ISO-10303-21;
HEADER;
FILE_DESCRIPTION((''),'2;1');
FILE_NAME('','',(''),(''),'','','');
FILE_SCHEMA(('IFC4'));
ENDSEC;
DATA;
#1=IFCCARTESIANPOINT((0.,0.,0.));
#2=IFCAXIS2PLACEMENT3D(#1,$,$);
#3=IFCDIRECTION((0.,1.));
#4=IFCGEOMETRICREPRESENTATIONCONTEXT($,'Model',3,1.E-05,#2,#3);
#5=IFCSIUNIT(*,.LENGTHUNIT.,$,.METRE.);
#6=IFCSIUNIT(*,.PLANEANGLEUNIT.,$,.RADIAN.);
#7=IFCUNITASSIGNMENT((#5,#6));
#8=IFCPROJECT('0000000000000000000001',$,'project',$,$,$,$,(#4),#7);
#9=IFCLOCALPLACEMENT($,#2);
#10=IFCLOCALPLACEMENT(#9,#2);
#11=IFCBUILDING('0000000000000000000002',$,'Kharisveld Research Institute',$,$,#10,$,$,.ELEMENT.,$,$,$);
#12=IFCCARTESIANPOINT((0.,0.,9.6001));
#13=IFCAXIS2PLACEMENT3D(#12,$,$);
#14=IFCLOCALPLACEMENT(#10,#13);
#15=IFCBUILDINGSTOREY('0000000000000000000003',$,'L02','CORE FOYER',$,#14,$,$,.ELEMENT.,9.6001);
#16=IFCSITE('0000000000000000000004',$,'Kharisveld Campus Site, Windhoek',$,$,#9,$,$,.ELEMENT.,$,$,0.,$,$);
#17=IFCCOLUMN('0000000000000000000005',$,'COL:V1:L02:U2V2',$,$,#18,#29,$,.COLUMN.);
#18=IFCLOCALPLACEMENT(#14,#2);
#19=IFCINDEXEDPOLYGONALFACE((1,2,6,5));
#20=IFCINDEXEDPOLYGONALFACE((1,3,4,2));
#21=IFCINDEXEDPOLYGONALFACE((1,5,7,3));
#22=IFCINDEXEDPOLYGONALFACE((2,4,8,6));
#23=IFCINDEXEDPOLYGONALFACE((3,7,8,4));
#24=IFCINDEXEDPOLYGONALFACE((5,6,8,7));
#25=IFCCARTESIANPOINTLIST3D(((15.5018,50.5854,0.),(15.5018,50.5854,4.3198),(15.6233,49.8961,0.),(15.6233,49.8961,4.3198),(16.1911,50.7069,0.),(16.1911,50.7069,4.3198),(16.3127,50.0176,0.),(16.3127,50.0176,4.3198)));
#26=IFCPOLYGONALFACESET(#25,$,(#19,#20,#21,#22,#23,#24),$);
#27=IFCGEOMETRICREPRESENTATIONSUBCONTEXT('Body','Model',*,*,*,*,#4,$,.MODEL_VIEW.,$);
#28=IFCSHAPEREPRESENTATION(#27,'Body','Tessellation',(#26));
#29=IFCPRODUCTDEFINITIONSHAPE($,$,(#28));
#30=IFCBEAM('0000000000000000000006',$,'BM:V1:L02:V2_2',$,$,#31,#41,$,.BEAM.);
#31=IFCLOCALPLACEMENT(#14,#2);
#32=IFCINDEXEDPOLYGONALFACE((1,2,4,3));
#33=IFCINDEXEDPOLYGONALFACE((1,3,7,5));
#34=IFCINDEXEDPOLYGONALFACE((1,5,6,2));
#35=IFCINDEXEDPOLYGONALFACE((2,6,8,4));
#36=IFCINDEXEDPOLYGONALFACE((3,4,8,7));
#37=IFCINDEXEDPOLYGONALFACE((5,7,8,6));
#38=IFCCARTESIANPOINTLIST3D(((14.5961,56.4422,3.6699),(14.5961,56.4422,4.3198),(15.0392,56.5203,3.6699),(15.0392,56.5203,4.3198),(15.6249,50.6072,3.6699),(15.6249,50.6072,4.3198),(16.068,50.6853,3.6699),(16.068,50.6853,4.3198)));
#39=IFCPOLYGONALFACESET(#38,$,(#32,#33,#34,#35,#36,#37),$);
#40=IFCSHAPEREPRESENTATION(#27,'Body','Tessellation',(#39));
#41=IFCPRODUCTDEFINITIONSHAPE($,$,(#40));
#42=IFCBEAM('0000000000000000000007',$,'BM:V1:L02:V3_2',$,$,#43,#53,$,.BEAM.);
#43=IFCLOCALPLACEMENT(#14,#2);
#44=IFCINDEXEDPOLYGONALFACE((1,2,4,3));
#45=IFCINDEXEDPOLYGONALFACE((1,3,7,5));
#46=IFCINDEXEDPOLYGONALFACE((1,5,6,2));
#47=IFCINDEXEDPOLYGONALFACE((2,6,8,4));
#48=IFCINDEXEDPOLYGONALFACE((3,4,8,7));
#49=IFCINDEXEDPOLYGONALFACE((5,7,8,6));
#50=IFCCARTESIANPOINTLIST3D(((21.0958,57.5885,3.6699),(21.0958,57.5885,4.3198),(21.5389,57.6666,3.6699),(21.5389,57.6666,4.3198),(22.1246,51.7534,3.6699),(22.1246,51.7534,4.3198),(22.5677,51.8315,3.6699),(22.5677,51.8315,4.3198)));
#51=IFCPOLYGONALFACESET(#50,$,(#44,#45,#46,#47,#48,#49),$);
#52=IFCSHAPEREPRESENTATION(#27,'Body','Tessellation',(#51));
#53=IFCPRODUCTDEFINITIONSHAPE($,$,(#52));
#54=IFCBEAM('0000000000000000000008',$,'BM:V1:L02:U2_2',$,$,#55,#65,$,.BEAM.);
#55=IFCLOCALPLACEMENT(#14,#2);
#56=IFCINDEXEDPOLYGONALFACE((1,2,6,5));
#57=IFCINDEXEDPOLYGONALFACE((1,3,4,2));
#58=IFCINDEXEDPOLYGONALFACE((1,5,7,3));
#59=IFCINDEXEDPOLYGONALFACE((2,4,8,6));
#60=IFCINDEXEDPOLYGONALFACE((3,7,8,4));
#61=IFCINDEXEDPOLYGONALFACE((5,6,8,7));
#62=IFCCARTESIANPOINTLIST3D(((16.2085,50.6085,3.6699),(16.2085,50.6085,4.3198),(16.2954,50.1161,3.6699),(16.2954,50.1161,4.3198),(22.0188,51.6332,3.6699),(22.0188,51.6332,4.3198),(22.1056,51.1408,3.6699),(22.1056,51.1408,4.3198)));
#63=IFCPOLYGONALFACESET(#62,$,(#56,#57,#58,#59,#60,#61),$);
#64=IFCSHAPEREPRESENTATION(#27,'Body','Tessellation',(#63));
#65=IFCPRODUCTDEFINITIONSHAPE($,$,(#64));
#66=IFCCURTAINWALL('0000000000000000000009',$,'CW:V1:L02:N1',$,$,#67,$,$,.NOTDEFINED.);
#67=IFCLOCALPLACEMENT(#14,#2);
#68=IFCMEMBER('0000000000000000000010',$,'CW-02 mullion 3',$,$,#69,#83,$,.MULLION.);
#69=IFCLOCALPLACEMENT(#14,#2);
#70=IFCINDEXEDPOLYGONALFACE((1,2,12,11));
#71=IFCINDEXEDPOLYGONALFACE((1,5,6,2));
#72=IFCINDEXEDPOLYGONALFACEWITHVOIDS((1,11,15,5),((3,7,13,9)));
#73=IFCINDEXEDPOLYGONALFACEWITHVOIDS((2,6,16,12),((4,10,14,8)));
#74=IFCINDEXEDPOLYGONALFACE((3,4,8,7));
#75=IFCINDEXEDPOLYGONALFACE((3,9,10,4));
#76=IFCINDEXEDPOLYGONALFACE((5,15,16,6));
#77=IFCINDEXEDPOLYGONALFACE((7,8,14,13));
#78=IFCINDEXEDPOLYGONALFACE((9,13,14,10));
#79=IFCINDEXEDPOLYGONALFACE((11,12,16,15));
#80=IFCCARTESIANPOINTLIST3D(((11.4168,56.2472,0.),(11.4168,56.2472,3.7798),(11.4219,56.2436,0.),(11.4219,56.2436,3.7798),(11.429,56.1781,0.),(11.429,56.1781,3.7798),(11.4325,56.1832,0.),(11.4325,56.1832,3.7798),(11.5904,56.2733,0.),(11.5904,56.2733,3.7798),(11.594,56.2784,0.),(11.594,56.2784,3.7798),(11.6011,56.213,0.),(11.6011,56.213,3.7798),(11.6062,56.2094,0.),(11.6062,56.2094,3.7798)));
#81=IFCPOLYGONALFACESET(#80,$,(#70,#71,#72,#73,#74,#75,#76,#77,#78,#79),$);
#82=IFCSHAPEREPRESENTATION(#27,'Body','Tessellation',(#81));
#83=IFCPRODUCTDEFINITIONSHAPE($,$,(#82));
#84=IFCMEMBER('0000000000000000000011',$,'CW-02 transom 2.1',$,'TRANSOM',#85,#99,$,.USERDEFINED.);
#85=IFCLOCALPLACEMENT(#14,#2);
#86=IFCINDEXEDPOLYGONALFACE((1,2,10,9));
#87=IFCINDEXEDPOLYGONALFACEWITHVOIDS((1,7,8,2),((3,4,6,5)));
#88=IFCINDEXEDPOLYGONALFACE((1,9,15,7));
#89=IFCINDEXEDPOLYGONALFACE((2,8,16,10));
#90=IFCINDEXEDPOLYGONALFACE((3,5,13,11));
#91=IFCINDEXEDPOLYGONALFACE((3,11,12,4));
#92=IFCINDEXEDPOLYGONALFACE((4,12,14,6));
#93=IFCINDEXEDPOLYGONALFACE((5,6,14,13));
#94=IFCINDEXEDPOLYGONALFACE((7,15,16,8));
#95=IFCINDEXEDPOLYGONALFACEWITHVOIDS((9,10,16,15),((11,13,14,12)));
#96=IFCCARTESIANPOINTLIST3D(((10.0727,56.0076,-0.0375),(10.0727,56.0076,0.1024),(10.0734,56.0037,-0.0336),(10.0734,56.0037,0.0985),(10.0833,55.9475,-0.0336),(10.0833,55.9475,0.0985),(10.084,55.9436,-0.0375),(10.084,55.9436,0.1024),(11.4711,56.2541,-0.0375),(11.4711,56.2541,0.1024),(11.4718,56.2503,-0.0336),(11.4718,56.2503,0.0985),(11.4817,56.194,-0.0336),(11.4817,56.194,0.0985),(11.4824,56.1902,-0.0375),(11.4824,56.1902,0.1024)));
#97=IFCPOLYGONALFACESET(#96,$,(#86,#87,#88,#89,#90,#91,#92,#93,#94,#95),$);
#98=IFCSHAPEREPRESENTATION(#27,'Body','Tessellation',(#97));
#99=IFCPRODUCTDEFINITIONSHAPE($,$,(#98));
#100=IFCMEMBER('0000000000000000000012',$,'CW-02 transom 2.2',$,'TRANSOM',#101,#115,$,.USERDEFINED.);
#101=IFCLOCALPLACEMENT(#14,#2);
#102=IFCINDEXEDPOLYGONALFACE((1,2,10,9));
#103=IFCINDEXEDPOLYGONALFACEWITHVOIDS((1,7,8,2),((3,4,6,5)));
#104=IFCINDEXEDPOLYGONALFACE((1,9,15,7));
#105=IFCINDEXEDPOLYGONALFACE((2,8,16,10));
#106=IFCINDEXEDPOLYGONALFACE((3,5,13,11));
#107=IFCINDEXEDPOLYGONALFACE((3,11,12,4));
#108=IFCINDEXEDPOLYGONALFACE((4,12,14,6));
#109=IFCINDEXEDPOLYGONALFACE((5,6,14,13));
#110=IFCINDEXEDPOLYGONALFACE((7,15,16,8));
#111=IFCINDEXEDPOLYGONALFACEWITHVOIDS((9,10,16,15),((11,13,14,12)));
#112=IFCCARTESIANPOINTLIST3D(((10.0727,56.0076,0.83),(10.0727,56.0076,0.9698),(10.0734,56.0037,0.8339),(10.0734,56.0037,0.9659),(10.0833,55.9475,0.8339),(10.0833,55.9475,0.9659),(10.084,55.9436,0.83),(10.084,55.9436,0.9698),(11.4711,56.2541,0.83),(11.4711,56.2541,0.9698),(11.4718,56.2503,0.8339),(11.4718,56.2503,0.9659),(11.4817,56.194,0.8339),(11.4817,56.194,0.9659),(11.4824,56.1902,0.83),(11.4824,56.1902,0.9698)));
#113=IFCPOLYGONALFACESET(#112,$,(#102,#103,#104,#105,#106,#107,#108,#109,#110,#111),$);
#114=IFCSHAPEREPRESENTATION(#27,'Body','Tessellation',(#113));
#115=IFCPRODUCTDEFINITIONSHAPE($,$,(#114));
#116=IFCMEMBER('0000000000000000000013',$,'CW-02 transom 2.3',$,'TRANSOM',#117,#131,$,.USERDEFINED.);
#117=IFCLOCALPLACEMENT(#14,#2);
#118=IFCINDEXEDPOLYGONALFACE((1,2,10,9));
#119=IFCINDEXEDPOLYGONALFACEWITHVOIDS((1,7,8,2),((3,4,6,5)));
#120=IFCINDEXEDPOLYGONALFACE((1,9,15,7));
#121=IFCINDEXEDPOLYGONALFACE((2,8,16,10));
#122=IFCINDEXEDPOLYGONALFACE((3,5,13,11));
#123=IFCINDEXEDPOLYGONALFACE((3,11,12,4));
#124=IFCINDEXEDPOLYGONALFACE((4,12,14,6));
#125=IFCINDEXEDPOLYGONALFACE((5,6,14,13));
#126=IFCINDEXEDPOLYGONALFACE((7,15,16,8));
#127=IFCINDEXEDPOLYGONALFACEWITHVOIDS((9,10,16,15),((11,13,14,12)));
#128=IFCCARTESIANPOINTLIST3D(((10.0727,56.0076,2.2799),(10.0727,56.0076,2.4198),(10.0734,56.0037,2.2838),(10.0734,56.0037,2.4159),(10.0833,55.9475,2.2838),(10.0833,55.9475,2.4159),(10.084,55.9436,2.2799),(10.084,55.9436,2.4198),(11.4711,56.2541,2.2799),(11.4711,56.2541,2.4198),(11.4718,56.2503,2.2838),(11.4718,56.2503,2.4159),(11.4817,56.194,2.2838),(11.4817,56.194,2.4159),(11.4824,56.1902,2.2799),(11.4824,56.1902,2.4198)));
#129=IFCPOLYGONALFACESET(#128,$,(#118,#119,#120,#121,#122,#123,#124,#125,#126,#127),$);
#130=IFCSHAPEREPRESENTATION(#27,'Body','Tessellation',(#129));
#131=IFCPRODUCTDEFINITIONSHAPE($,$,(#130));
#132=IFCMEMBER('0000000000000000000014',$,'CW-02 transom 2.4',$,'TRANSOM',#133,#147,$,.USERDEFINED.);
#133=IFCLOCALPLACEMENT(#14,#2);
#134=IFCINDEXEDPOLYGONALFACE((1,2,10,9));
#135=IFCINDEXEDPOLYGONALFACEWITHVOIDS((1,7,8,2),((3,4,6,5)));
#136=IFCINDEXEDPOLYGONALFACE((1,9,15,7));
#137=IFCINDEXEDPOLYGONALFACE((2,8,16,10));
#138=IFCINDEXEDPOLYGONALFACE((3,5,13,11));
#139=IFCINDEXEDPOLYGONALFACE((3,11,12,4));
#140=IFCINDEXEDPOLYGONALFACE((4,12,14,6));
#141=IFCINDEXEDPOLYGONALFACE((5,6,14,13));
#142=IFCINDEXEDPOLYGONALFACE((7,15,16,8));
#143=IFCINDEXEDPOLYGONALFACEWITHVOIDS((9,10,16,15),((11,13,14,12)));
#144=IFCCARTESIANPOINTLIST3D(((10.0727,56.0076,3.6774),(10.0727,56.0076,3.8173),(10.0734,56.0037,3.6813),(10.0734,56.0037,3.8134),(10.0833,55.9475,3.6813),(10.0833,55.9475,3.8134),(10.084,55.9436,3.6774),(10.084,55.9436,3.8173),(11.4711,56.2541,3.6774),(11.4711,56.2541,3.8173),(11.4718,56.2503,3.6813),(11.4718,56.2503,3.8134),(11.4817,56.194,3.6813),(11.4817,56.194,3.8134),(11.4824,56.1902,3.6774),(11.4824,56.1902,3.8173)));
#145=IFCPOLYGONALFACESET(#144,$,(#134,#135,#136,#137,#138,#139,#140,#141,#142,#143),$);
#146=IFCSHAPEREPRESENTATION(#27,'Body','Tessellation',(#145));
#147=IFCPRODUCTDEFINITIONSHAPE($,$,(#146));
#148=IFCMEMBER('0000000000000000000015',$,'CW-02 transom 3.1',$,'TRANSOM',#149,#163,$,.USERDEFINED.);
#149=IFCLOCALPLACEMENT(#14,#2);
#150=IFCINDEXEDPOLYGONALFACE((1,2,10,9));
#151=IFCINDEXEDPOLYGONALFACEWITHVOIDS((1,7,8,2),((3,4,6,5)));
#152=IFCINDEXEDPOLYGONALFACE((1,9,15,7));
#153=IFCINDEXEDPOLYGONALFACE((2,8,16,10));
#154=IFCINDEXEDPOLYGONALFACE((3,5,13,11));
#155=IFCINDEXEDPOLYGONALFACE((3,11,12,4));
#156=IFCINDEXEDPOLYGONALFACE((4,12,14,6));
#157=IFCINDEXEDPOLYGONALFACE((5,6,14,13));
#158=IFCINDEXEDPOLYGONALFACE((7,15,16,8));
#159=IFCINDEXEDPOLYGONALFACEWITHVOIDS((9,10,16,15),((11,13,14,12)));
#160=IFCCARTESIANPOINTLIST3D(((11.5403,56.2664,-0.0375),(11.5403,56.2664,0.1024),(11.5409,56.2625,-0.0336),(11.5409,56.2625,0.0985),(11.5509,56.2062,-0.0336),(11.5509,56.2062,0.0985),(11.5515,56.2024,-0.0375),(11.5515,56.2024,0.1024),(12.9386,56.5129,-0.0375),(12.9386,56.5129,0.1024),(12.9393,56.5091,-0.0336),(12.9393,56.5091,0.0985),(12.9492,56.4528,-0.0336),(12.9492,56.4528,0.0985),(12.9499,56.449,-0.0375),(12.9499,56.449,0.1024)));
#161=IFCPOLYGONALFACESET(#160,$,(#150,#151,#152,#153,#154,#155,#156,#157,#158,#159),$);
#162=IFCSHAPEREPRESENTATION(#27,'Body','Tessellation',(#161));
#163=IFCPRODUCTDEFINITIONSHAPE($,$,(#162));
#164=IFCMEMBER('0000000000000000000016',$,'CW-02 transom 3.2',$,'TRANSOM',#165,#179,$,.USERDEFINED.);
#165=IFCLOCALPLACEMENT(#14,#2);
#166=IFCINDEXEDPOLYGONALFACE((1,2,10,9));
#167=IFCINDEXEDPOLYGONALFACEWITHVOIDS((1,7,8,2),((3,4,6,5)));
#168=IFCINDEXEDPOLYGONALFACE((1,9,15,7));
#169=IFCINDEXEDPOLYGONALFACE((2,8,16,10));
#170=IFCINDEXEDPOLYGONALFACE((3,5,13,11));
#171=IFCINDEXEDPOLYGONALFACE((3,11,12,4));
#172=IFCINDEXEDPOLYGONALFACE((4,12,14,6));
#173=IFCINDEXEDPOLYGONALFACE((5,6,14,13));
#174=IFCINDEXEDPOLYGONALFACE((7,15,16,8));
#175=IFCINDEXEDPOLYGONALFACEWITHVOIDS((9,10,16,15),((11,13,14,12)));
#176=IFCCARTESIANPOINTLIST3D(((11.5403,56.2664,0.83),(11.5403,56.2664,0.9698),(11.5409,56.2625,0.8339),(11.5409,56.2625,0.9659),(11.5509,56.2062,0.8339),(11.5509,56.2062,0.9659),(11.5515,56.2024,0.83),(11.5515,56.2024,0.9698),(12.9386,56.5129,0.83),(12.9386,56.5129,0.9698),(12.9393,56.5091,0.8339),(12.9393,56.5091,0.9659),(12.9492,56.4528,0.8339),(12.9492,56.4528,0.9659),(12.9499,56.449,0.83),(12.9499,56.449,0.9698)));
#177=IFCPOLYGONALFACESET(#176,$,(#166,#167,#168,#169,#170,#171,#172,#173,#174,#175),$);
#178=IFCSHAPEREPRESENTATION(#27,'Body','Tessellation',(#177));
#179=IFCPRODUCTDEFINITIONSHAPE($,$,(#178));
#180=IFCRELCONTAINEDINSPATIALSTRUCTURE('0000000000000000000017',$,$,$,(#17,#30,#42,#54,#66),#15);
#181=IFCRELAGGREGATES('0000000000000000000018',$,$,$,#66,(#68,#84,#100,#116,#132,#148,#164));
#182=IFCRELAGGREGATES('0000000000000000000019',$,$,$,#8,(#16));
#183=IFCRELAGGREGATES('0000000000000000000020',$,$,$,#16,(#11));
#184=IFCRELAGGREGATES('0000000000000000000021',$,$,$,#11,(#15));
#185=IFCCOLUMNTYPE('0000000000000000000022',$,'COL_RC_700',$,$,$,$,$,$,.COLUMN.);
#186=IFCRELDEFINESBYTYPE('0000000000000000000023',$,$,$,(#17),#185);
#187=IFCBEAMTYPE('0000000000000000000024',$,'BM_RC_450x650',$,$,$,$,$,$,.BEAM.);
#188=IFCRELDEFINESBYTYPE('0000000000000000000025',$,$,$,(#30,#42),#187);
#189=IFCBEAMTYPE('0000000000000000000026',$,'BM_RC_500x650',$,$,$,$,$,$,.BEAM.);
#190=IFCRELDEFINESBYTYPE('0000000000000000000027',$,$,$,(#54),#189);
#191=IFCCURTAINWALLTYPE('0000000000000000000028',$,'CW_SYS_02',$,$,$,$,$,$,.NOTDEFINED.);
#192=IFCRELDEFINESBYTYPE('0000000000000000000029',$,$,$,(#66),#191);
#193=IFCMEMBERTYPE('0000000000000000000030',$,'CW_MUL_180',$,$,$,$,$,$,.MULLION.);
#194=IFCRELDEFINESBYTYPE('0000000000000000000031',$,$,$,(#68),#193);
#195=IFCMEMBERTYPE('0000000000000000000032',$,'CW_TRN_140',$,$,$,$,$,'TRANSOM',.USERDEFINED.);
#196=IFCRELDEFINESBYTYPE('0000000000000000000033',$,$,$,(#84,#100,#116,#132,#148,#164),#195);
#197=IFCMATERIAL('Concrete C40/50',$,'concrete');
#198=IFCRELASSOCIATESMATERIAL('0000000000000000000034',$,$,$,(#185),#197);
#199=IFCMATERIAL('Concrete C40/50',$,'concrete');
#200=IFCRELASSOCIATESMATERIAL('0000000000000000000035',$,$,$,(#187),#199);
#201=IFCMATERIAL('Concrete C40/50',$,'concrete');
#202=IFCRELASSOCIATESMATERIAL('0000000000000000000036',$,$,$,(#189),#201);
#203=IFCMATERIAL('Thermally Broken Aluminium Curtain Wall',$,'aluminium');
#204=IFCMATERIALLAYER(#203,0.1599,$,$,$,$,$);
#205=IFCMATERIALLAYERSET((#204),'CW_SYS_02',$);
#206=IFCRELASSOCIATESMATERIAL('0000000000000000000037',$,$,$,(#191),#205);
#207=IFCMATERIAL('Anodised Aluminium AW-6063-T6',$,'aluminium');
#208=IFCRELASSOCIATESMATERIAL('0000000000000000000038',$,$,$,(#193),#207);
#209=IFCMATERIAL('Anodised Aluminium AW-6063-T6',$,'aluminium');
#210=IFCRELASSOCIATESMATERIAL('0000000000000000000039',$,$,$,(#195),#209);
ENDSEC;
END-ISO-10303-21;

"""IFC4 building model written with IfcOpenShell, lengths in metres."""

from ifc_helpers import new_model, si_unit, direction, frame, origin, origin_2d, place, context, subcontext, project, spatial, rectangle, hollow_rectangle, extrude, material, layer, layer_set, material_profile, profile_set, type_object, element, aggregate, save


model = new_model("IFC4")

# Units and contexts
model_context = context("Model", 3, precision=1e-05, world=origin(), true_north=direction((0.0, 1.0)))
body_context = subcontext(model_context, "Body", "Model", "MODEL_VIEW")
ifc_project = project(units=[si_unit("LENGTHUNIT", "METRE"), si_unit("PLANEANGLEUNIT", "RADIAN")], contexts=[model_context])

# Site, building, storey
site_placement = place(None, origin())
site = spatial("IfcSite", under=ifc_project, at=site_placement, Name="Kharisveld Campus Site, Windhoek", CompositionType="ELEMENT", RefElevation=0.0)
building_placement = place(site_placement, origin())
building = spatial("IfcBuilding", under=site, at=building_placement, Name="Kharisveld Research Institute", CompositionType="ELEMENT")
storey_placement = place(building_placement, frame((0.0, 0.0, 9.6001)))
storey = spatial("IfcBuildingStorey", under=building, at=storey_placement, Name="L02", Description="CORE FOYER", CompositionType="ELEMENT", Elevation=9.6001)

# Column
ifc_material_1 = material(Name="Concrete C40/50", Category="concrete")
ifc_material_profile_1 = material_profile(ifc_material_1, rectangle(XDim=0.7, YDim=0.7, at=origin_2d()))
ifc_profile_set_1 = profile_set([ifc_material_profile_1], Name="Concrete C40/50")
column_type = type_object("IfcColumnType", Name="COL_RC_700", PredefinedType="COLUMN", material=ifc_profile_set_1)
column_placement = place(storey_placement, frame((15.9072, 50.3015, 0.0), z_axis=(0.0, 0.0, 1.0), x_axis=(0.984808, 0.173648, 0.0)))
element("IfcColumn", 1, at=column_placement, inside=storey, type_object=column_type, Name="COL:V1:L02:U2V2", PredefinedType="COLUMN", context=body_context, shape_type="SweptSolid", body=[
    extrude(rectangle(XDim=0.7, YDim=0.7, at=origin_2d()), origin(), (0.0, 0.0, 1.0), 4.3198),
])

# Beams
ifc_material_2 = material(Name="Concrete C40/50", Category="concrete")
ifc_material_profile_2 = material_profile(ifc_material_2, rectangle(XDim=0.45, YDim=0.6499, at=origin_2d()))
ifc_profile_set_2 = profile_set([ifc_material_profile_2], Name="Concrete C40/50")
beam_type_1 = type_object("IfcBeamType", Name="BM_RC_450x650", PredefinedType="BEAM", material=ifc_profile_set_2)
for number, where, z_axis, x_axis, name in (
    (2, (15.8464, 50.6462, 3.9949), (-0.17364, 0.984809, 0.0), (-0.984809, -0.17364, 0.0), "BM:V1:L02:V2_2"),
    (3, (22.3462, 51.7925, 3.9949), (-0.17364, 0.984809, 0.0), (-0.984809, -0.17364, 0.0), "BM:V1:L02:V3_2"),
):
    element("IfcBeam", number, at=place(storey_placement, frame(where, z_axis=z_axis, x_axis=x_axis)), inside=storey, type_object=beam_type_1, Name=name, PredefinedType="BEAM", context=body_context, shape_type="SweptSolid", body=[
        extrude(rectangle(XDim=0.45, YDim=0.6499, at=origin_2d()), origin(), (0.0, 0.0, 1.0), 5.925),
    ])
ifc_material_3 = material(Name="Concrete C40/50", Category="concrete")
ifc_material_profile_3 = material_profile(ifc_material_3, rectangle(XDim=0.5, YDim=0.6499, at=origin_2d()))
ifc_profile_set_3 = profile_set([ifc_material_profile_3], Name="Concrete C40/50")
beam_type_2 = type_object("IfcBeamType", Name="BM_RC_500x650", PredefinedType="BEAM", material=ifc_profile_set_3)
beam_placement = place(storey_placement, frame((16.252, 50.3623, 3.9949), z_axis=(0.984804, 0.173672, 0.0), x_axis=(-0.173672, 0.984804, 0.0)))
element("IfcBeam", 4, at=beam_placement, inside=storey, type_object=beam_type_2, Name="BM:V1:L02:U2_2", PredefinedType="BEAM", context=body_context, shape_type="SweptSolid", body=[
    extrude(rectangle(XDim=0.5, YDim=0.6499, at=origin_2d()), origin(), (0.0, 0.0, 1.0), 5.8999),
])

# Curtain wall, members
ifc_material_4 = material(Name="Thermally Broken Aluminium Curtain Wall", Category="aluminium")
ifc_layer_1 = layer(ifc_material_4, 0.1599)
ifc_layer_set_1 = layer_set([ifc_layer_1], Name="CW_SYS_02")
curtain_wall_type = type_object("IfcCurtainWallType", Name="CW_SYS_02", PredefinedType="NOTDEFINED", material=ifc_layer_set_1)
curtain_wall_placement = place(storey_placement, origin())
curtain_wall = element("IfcCurtainWall", 5, at=curtain_wall_placement, inside=storey, type_object=curtain_wall_type, Name="CW:V1:L02:N1", PredefinedType="NOTDEFINED")
ifc_material_5 = material(Name="Anodised Aluminium AW-6063-T6", Category="aluminium")
ifc_material_profile_4 = material_profile(ifc_material_5, hollow_rectangle(XDim=0.0701, YDim=0.1799, WallThickness=0.0044, at=origin_2d()))
ifc_profile_set_4 = profile_set([ifc_material_profile_4], Name="Anodised Aluminium AW-6063-T6")
member_type_1 = type_object("IfcMemberType", Name="CW_MUL_180", PredefinedType="MULLION", material=ifc_profile_set_4)
member_1_placement = place(storey_placement, frame((11.5115, 56.2283, 0.0), z_axis=(0.0, 0.0, 1.0), x_axis=(-0.173648, 0.984808, 0.0)))
member_1 = element("IfcMember", 6, at=member_1_placement, type_object=member_type_1, Name="CW-02 mullion 3", PredefinedType="MULLION", context=body_context, shape_type="SweptSolid", body=[
    extrude(hollow_rectangle(XDim=0.0701, YDim=0.1799, WallThickness=0.0044, at=origin_2d()), origin(), (0.0, 0.0, 1.0), 3.7798),
])
ifc_material_6 = material(Name="Anodised Aluminium AW-6063-T6", Category="aluminium")
ifc_material_profile_5 = material_profile(ifc_material_6, hollow_rectangle(XDim=0.0649, YDim=0.1399, WallThickness=0.0039, at=origin_2d()))
ifc_profile_set_5 = profile_set([ifc_material_profile_5], Name="Anodised Aluminium AW-6063-T6")
member_type_2 = type_object("IfcMemberType", Name="CW_TRN_140", ElementType="TRANSOM", PredefinedType="USERDEFINED", material=ifc_profile_set_5)
member_2_placement = place(storey_placement, frame((10.0784, 55.9756, 0.0325), z_axis=(0.984808, 0.173648, 0.0), x_axis=(-0.173648, 0.984808, 0.0)))
member_2 = element("IfcMember", 7, at=member_2_placement, type_object=member_type_2, Name="CW-02 transom 2.1", ObjectType="TRANSOM", PredefinedType="USERDEFINED", context=body_context, shape_type="SweptSolid", body=[
    extrude(hollow_rectangle(XDim=0.0649, YDim=0.1399, WallThickness=0.0039, at=origin_2d()), origin(), (0.0, 0.0, 1.0), 1.4199),
])
member_3_placement = place(storey_placement, frame((10.0784, 55.9756, 0.8999), z_axis=(0.984808, 0.173648, 0.0), x_axis=(-0.173648, 0.984808, 0.0)))
member_3 = element("IfcMember", 8, at=member_3_placement, type_object=member_type_2, Name="CW-02 transom 2.2", ObjectType="TRANSOM", PredefinedType="USERDEFINED", context=body_context, shape_type="SweptSolid", body=[
    extrude(hollow_rectangle(XDim=0.0649, YDim=0.1399, WallThickness=0.0039, at=origin_2d()), origin(), (0.0, 0.0, 1.0), 1.4199),
])
member_4_placement = place(storey_placement, frame((10.0784, 55.9756, 2.3499), z_axis=(0.984808, 0.173648, 0.0), x_axis=(-0.173648, 0.984808, 0.0)))
member_4 = element("IfcMember", 9, at=member_4_placement, type_object=member_type_2, Name="CW-02 transom 2.3", ObjectType="TRANSOM", PredefinedType="USERDEFINED", context=body_context, shape_type="SweptSolid", body=[
    extrude(hollow_rectangle(XDim=0.0649, YDim=0.1399, WallThickness=0.0039, at=origin_2d()), origin(), (0.0, 0.0, 1.0), 1.4199),
])
member_5_placement = place(storey_placement, frame((10.0784, 55.9756, 3.7473), z_axis=(0.984808, 0.173648, 0.0), x_axis=(-0.173648, 0.984808, 0.0)))
member_5 = element("IfcMember", 10, at=member_5_placement, type_object=member_type_2, Name="CW-02 transom 2.4", ObjectType="TRANSOM", PredefinedType="USERDEFINED", context=body_context, shape_type="SweptSolid", body=[
    extrude(hollow_rectangle(XDim=0.0649, YDim=0.1399, WallThickness=0.0039, at=origin_2d()), origin(), (0.0, 0.0, 1.0), 1.4199),
])
member_6_placement = place(storey_placement, frame((11.5459, 56.2344, 0.0325), z_axis=(0.984808, 0.173648, 0.0), x_axis=(-0.173648, 0.984808, 0.0)))
member_6 = element("IfcMember", 11, at=member_6_placement, type_object=member_type_2, Name="CW-02 transom 3.1", ObjectType="TRANSOM", PredefinedType="USERDEFINED", context=body_context, shape_type="SweptSolid", body=[
    extrude(hollow_rectangle(XDim=0.0649, YDim=0.1399, WallThickness=0.0039, at=origin_2d()), origin(), (0.0, 0.0, 1.0), 1.4199),
])
member_7_placement = place(storey_placement, frame((11.5459, 56.2344, 0.8999), z_axis=(0.984808, 0.173648, 0.0), x_axis=(-0.173648, 0.984808, 0.0)))
member_7 = element("IfcMember", 12, at=member_7_placement, type_object=member_type_2, Name="CW-02 transom 3.2", ObjectType="TRANSOM", PredefinedType="USERDEFINED", context=body_context, shape_type="SweptSolid", body=[
    extrude(hollow_rectangle(XDim=0.0649, YDim=0.1399, WallThickness=0.0039, at=origin_2d()), origin(), (0.0, 0.0, 1.0), 1.4199),
])

aggregate(curtain_wall, [member_1, member_2, member_3, member_4, member_5, member_6, member_7])

save(model, "model.ifc")
